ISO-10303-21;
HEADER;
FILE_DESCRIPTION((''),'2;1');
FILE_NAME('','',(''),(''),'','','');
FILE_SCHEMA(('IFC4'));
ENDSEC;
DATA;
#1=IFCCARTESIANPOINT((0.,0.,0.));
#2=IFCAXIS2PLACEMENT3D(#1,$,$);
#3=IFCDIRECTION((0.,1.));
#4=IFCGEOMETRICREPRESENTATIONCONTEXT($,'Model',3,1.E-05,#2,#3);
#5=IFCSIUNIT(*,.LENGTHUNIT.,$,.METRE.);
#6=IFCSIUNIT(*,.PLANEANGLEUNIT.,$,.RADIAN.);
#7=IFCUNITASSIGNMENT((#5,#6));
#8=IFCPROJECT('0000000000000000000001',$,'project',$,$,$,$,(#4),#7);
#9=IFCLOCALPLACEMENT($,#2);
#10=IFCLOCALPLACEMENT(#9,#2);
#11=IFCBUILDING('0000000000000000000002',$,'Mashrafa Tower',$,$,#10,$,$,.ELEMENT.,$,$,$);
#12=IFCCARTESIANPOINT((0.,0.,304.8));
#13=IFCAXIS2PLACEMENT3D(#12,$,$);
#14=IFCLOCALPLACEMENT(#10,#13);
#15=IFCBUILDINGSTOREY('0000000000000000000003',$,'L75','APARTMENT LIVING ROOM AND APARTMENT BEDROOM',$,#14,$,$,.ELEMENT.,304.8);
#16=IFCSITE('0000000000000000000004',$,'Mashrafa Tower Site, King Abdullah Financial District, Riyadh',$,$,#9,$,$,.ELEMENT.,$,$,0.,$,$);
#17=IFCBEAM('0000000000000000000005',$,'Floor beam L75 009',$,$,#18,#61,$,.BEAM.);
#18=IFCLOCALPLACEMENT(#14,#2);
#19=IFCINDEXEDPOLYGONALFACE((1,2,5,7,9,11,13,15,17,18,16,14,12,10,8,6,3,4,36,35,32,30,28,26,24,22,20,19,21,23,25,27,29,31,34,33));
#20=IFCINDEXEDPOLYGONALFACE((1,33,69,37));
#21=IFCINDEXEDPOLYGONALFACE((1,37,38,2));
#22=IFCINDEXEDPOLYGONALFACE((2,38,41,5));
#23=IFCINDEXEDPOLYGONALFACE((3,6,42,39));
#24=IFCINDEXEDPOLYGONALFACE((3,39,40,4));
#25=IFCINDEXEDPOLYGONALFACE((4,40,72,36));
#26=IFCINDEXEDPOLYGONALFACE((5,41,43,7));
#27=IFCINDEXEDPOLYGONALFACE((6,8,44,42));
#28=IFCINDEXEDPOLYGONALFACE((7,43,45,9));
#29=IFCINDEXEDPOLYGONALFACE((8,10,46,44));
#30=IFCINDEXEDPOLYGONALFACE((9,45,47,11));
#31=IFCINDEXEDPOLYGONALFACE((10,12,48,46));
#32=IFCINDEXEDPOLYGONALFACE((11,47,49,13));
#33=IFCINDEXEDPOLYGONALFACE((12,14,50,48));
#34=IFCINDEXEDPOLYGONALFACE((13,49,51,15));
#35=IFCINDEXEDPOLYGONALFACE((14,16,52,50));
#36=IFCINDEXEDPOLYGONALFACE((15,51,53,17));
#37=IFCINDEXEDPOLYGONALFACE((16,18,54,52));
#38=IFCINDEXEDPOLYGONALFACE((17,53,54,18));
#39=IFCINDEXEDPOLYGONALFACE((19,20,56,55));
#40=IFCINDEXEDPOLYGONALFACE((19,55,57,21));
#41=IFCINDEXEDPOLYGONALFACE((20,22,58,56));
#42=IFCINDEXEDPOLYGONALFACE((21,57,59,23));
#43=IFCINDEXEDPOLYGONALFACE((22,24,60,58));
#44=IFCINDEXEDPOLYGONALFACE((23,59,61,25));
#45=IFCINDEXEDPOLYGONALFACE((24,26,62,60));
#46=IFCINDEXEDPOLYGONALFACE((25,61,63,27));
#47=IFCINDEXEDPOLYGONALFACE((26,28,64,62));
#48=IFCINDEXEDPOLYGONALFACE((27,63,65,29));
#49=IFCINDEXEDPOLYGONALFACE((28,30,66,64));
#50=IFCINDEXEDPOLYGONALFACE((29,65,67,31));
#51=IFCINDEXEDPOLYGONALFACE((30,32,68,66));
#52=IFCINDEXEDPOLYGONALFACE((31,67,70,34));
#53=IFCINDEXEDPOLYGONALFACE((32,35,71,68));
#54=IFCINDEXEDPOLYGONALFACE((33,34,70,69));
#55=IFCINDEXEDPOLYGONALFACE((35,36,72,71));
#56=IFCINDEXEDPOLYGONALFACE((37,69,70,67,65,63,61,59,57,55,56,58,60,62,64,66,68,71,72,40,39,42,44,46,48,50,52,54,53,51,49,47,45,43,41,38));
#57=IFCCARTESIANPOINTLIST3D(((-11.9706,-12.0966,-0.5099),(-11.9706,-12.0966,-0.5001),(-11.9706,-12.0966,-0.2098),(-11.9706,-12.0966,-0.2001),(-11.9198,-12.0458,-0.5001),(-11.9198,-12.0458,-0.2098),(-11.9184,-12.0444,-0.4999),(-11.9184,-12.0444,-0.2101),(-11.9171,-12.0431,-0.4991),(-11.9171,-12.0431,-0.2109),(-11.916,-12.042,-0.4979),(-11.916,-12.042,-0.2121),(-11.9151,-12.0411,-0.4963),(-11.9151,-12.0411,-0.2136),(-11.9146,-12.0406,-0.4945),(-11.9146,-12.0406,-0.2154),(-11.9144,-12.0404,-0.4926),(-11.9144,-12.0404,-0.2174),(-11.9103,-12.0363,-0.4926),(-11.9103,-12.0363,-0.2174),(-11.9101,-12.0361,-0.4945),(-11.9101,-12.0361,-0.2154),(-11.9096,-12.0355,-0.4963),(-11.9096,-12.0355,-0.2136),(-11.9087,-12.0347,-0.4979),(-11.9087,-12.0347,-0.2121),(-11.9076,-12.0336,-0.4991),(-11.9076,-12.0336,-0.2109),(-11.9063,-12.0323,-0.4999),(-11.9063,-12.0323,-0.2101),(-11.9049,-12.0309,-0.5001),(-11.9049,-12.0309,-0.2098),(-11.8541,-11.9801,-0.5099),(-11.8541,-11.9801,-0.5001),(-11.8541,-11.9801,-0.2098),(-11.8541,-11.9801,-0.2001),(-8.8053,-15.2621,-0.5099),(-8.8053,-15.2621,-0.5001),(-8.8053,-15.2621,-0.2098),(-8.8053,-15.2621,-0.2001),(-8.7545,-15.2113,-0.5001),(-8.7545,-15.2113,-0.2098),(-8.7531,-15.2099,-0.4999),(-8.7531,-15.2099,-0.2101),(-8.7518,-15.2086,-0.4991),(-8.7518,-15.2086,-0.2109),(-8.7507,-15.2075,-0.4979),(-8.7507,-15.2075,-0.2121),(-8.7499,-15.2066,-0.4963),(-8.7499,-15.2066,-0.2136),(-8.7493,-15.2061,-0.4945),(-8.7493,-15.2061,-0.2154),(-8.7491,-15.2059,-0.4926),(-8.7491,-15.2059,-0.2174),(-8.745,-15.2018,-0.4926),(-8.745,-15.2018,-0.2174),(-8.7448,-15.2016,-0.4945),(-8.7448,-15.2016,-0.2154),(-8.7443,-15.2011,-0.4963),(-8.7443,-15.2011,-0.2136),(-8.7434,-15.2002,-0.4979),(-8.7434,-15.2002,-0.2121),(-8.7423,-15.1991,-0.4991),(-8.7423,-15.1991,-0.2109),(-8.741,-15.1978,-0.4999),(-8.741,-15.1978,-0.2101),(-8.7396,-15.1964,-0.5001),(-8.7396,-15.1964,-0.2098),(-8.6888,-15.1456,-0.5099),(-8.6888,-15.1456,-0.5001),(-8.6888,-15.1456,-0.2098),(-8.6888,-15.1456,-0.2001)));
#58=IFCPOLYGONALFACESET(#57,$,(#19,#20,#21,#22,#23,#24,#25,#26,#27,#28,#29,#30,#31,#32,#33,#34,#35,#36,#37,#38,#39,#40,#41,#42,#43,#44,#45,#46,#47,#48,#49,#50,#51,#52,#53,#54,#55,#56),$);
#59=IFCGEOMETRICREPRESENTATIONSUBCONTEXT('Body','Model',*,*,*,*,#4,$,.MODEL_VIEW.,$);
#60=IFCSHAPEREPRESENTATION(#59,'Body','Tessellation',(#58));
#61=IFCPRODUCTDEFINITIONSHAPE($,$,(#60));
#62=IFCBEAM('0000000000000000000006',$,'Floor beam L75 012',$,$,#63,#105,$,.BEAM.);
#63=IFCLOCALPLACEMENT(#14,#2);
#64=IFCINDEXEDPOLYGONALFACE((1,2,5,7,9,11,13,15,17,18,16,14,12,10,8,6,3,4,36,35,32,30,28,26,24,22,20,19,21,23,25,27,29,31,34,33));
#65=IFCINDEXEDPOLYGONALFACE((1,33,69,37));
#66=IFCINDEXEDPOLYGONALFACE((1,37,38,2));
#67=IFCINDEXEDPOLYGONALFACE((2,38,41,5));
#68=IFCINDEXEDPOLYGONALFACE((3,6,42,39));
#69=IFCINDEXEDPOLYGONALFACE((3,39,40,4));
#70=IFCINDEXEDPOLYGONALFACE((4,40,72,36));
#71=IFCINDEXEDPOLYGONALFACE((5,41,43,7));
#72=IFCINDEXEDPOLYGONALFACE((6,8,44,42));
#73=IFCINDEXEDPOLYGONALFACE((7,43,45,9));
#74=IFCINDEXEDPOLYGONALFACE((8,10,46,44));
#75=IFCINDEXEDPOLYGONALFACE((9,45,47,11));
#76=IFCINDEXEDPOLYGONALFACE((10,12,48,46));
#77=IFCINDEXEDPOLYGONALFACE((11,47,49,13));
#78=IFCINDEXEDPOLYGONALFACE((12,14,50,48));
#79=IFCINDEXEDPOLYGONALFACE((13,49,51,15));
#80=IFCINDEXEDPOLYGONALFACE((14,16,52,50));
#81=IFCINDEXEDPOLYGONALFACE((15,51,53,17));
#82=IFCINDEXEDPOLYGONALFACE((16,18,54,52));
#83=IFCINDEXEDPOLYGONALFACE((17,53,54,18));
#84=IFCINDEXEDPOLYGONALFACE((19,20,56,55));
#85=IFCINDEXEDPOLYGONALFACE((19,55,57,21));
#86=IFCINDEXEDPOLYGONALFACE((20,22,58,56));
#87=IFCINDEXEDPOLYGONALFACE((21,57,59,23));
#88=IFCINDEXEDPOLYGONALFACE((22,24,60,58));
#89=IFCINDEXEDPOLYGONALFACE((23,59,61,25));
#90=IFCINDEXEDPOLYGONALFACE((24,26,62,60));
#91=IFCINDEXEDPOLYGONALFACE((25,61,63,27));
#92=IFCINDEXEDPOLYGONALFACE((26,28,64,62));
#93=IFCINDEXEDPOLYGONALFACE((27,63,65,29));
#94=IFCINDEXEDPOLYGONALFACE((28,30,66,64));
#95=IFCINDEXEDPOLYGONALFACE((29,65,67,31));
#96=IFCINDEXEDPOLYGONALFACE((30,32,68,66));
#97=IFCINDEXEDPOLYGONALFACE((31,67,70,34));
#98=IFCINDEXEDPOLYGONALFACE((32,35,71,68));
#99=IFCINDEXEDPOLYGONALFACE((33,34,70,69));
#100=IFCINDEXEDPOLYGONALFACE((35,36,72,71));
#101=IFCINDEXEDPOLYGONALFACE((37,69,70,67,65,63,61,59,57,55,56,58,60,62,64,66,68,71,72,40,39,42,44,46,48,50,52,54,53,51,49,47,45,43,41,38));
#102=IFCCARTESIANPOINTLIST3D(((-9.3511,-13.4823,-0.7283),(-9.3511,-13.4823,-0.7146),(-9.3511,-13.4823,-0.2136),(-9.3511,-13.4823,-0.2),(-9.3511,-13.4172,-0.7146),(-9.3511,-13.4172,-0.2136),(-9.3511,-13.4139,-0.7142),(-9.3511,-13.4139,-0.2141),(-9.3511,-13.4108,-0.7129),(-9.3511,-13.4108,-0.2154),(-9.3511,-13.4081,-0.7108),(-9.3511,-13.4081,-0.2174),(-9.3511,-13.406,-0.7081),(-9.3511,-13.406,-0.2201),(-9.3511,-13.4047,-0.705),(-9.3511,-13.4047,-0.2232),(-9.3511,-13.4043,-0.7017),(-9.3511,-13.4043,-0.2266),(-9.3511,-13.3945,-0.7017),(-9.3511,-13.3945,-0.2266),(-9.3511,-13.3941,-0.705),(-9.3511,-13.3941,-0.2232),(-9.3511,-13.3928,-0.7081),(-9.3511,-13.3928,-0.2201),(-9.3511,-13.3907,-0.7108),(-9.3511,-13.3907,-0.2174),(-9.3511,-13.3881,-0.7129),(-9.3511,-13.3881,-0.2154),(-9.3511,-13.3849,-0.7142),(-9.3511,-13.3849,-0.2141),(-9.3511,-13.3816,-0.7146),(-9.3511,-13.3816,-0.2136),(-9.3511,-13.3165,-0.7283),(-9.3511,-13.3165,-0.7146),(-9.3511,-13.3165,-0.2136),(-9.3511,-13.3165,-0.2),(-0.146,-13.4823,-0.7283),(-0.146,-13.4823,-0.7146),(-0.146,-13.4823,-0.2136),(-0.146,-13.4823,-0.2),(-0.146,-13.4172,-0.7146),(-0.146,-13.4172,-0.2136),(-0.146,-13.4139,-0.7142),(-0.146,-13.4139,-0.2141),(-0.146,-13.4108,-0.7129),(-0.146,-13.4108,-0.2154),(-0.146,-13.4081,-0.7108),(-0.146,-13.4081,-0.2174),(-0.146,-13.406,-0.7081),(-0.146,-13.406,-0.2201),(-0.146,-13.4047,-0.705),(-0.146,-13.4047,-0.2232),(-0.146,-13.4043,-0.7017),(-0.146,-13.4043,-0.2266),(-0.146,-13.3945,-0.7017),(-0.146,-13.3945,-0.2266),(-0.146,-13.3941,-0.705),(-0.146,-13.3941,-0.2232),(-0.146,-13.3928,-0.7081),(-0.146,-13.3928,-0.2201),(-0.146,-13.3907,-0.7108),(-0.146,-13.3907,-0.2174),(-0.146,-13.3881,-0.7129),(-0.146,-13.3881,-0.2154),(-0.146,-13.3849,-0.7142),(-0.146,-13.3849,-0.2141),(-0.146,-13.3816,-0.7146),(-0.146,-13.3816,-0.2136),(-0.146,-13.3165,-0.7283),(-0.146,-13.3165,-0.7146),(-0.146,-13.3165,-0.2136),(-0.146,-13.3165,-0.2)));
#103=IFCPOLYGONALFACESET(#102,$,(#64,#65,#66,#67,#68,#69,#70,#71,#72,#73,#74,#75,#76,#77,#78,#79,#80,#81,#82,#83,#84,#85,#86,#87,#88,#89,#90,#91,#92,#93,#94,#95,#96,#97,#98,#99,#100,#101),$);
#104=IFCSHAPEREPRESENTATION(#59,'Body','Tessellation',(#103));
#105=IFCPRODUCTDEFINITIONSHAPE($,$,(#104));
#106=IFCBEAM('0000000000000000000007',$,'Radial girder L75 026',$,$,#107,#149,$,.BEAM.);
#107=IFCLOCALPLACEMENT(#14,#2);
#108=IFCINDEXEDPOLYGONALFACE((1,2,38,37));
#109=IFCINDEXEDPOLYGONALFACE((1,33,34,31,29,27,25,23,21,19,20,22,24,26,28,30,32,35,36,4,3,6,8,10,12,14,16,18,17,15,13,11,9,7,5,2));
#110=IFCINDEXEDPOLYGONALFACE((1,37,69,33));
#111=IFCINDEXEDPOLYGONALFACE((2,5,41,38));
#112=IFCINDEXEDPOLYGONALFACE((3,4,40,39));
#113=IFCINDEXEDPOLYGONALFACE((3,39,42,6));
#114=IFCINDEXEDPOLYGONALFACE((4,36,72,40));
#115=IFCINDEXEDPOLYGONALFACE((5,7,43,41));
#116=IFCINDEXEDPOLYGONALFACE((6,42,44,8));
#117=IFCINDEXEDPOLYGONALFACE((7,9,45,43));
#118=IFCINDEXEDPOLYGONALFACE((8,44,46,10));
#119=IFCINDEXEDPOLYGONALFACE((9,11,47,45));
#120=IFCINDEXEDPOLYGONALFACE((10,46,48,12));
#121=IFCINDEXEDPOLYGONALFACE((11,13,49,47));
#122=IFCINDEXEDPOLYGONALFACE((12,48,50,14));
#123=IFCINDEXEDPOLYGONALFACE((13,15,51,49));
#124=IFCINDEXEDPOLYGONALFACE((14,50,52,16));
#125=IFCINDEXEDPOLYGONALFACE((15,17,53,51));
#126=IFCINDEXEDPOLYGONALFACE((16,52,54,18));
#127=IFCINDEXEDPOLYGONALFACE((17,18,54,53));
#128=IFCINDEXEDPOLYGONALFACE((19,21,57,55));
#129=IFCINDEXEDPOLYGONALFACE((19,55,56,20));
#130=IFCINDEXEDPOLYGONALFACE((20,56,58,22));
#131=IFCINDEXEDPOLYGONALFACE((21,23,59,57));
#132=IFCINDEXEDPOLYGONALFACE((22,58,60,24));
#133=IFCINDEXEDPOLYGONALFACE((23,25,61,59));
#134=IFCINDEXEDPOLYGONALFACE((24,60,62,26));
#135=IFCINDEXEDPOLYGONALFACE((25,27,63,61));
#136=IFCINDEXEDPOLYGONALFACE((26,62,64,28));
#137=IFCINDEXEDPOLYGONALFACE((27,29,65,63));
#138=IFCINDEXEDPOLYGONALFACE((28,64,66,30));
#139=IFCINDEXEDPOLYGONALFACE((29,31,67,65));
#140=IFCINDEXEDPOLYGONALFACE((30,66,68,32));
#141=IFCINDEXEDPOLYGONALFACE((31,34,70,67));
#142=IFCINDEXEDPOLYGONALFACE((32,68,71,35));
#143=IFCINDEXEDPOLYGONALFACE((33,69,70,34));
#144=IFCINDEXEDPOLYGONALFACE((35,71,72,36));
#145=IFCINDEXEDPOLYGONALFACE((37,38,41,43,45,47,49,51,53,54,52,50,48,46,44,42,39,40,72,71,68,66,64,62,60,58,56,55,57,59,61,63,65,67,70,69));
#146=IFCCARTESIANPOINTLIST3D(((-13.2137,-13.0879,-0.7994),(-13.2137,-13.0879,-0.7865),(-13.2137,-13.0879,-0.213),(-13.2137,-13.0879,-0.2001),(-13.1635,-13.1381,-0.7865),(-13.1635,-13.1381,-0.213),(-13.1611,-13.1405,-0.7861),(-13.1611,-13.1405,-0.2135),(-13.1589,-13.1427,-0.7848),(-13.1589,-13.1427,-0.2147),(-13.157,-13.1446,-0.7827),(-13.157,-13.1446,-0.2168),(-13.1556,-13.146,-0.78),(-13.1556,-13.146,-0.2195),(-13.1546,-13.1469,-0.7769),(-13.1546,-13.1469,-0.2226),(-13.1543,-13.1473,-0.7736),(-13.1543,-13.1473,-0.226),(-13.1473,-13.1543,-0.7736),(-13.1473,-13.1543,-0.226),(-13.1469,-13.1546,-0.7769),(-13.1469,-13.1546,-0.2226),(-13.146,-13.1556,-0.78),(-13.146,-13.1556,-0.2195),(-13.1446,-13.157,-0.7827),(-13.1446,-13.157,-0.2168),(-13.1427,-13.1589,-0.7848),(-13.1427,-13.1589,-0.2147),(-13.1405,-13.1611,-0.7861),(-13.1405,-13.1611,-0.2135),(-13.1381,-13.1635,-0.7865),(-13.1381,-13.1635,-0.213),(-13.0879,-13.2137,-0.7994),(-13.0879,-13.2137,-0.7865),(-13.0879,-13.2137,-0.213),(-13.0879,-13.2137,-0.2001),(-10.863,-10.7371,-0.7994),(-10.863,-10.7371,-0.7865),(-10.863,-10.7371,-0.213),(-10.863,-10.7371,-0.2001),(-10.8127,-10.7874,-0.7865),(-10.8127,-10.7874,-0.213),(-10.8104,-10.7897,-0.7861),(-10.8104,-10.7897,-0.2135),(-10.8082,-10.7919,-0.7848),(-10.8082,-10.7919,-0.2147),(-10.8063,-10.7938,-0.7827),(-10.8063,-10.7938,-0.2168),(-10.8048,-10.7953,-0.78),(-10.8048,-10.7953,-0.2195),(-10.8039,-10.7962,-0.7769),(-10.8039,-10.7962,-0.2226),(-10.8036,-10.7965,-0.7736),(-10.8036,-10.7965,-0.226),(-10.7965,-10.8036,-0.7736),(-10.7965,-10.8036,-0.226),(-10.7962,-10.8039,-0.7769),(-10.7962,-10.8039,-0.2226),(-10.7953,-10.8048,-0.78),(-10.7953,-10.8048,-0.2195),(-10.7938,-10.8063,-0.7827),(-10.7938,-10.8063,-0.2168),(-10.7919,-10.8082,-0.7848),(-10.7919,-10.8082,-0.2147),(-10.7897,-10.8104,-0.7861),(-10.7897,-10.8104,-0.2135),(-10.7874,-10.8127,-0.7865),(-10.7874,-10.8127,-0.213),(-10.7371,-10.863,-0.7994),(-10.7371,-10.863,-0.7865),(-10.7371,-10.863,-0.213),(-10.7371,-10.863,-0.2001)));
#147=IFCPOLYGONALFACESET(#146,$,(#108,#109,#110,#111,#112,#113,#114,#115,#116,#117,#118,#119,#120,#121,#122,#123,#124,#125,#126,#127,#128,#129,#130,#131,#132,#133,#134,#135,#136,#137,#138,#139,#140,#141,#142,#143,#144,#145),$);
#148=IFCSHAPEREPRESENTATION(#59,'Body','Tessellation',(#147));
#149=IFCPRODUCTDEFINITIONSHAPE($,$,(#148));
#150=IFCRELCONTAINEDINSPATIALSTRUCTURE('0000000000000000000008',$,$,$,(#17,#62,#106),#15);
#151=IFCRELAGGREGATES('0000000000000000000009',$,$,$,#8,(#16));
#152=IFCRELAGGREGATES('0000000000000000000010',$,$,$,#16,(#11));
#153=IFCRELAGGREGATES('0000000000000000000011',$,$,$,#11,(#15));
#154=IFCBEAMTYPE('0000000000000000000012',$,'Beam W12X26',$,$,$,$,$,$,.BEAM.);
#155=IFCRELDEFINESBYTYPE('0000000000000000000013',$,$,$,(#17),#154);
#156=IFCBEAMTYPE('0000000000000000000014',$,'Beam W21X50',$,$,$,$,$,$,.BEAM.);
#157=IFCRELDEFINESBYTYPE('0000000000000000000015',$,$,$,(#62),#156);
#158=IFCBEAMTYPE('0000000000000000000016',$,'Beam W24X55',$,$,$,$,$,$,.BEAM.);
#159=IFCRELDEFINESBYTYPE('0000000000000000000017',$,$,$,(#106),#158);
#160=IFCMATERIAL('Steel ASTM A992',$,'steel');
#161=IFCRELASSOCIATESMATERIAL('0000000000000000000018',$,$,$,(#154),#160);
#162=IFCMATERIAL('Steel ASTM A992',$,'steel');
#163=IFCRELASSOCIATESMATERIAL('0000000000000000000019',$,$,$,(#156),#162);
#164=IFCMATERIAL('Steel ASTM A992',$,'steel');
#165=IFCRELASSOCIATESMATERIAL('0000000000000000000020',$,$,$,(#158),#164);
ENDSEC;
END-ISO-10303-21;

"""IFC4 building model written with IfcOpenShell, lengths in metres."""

from ifc_helpers import new_model, si_unit, direction, frame, origin, origin_2d, place, context, subcontext, project, spatial, i_section, extrude, material, material_profile, profile_set, type_object, element, save


model = new_model("IFC4")

# Units and contexts
model_context = context("Model", 3, precision=1e-05, world=origin(), true_north=direction((0.0, 1.0)))
body_context = subcontext(model_context, "Body", "Model", "MODEL_VIEW")
ifc_project = project(units=[si_unit("LENGTHUNIT", "METRE"), si_unit("PLANEANGLEUNIT", "RADIAN")], contexts=[model_context])

# Site, building, storey
site_placement = place(None, origin())
site = spatial("IfcSite", under=ifc_project, at=site_placement, Name="Mashrafa Tower Site, King Abdullah Financial District, Riyadh", CompositionType="ELEMENT", RefElevation=0.0)
building_placement = place(site_placement, origin())
building = spatial("IfcBuilding", under=site, at=building_placement, Name="Mashrafa Tower", CompositionType="ELEMENT")
storey_placement = place(building_placement, frame((0.0, 0.0, 304.8)))
storey = spatial("IfcBuildingStorey", under=building, at=storey_placement, Name="L75", Description="APARTMENT LIVING ROOM AND APARTMENT BEDROOM", CompositionType="ELEMENT", Elevation=304.8)

# Beams
ifc_material_1 = material(Name="Steel ASTM A992", Category="steel")
ifc_material_profile_1 = material_profile(ifc_material_1, i_section(OverallWidth=0.1648, OverallDepth=0.3098, WebThickness=0.0059, FlangeThickness=0.0098, FilletRadius=0.0076, at=origin_2d()), Name="W12X26")
ifc_profile_set_1 = profile_set([ifc_material_profile_1], Name="Steel ASTM A992")
beam_type_1 = type_object("IfcBeamType", Name="Beam W12X26", PredefinedType="BEAM", material=ifc_profile_set_1)
beam_1_placement = place(storey_placement, frame((-8.7471, -15.2039, -0.355), z_axis=(-0.70708, 0.707134, 0.0), x_axis=(-0.707134, -0.70708, 0.0)))
element("IfcBeam", 1, at=beam_1_placement, inside=storey, type_object=beam_type_1, Name="Floor beam L75 009", PredefinedType="BEAM", context=body_context, shape_type="SweptSolid", body=[
    extrude(i_section(OverallWidth=0.1648, OverallDepth=0.3098, WebThickness=0.0059, FlangeThickness=0.0098, FilletRadius=0.0076, at=origin_2d()), origin(), (0.0, 0.0, 1.0), 4.4766),
])
ifc_material_2 = material(Name="Steel ASTM A992", Category="steel")
ifc_material_profile_2 = material_profile(ifc_material_2, i_section(OverallWidth=0.1658, OverallDepth=0.5283, WebThickness=0.0098, FlangeThickness=0.0137, FilletRadius=0.0129, at=origin_2d()), Name="W21X50")
ifc_profile_set_2 = profile_set([ifc_material_profile_2], Name="Steel ASTM A992")
beam_type_2 = type_object("IfcBeamType", Name="Beam W21X50", PredefinedType="BEAM", material=ifc_profile_set_2)
beam_2_placement = place(storey_placement, frame((-0.146, -13.3994, -0.4641), z_axis=(-1.0, 0.0, 0.0), x_axis=(0.0, -1.0, 0.0)))
element("IfcBeam", 2, at=beam_2_placement, inside=storey, type_object=beam_type_2, Name="Floor beam L75 012", PredefinedType="BEAM", context=body_context, shape_type="SweptSolid", body=[
    extrude(i_section(OverallWidth=0.1658, OverallDepth=0.5283, WebThickness=0.0098, FlangeThickness=0.0137, FilletRadius=0.0129, at=origin_2d()), origin(), (0.0, 0.0, 1.0), 9.2051),
])
ifc_material_3 = material(Name="Steel ASTM A992", Category="steel")
ifc_material_profile_3 = material_profile(ifc_material_3, i_section(OverallWidth=0.178, OverallDepth=0.5994, WebThickness=0.01, FlangeThickness=0.0129, FilletRadius=0.0129, at=origin_2d()), Name="W24X55")
ifc_profile_set_3 = profile_set([ifc_material_profile_3], Name="Steel ASTM A992")
beam_type_3 = type_object("IfcBeamType", Name="Beam W24X55", PredefinedType="BEAM", material=ifc_profile_set_3)
beam_3_placement = place(storey_placement, frame((-10.8, -10.8, -0.4998), z_axis=(-0.707107, -0.707107, 0.0), x_axis=(0.707107, -0.707107, 0.0)))
element("IfcBeam", 3, at=beam_3_placement, inside=storey, type_object=beam_type_3, Name="Radial girder L75 026", PredefinedType="BEAM", context=body_context, shape_type="SweptSolid", body=[
    extrude(i_section(OverallWidth=0.178, OverallDepth=0.5994, WebThickness=0.01, FlangeThickness=0.0129, FilletRadius=0.0129, at=origin_2d()), origin(), (0.0, 0.0, 1.0), 3.3245),
])

save(model, "model.ifc")
